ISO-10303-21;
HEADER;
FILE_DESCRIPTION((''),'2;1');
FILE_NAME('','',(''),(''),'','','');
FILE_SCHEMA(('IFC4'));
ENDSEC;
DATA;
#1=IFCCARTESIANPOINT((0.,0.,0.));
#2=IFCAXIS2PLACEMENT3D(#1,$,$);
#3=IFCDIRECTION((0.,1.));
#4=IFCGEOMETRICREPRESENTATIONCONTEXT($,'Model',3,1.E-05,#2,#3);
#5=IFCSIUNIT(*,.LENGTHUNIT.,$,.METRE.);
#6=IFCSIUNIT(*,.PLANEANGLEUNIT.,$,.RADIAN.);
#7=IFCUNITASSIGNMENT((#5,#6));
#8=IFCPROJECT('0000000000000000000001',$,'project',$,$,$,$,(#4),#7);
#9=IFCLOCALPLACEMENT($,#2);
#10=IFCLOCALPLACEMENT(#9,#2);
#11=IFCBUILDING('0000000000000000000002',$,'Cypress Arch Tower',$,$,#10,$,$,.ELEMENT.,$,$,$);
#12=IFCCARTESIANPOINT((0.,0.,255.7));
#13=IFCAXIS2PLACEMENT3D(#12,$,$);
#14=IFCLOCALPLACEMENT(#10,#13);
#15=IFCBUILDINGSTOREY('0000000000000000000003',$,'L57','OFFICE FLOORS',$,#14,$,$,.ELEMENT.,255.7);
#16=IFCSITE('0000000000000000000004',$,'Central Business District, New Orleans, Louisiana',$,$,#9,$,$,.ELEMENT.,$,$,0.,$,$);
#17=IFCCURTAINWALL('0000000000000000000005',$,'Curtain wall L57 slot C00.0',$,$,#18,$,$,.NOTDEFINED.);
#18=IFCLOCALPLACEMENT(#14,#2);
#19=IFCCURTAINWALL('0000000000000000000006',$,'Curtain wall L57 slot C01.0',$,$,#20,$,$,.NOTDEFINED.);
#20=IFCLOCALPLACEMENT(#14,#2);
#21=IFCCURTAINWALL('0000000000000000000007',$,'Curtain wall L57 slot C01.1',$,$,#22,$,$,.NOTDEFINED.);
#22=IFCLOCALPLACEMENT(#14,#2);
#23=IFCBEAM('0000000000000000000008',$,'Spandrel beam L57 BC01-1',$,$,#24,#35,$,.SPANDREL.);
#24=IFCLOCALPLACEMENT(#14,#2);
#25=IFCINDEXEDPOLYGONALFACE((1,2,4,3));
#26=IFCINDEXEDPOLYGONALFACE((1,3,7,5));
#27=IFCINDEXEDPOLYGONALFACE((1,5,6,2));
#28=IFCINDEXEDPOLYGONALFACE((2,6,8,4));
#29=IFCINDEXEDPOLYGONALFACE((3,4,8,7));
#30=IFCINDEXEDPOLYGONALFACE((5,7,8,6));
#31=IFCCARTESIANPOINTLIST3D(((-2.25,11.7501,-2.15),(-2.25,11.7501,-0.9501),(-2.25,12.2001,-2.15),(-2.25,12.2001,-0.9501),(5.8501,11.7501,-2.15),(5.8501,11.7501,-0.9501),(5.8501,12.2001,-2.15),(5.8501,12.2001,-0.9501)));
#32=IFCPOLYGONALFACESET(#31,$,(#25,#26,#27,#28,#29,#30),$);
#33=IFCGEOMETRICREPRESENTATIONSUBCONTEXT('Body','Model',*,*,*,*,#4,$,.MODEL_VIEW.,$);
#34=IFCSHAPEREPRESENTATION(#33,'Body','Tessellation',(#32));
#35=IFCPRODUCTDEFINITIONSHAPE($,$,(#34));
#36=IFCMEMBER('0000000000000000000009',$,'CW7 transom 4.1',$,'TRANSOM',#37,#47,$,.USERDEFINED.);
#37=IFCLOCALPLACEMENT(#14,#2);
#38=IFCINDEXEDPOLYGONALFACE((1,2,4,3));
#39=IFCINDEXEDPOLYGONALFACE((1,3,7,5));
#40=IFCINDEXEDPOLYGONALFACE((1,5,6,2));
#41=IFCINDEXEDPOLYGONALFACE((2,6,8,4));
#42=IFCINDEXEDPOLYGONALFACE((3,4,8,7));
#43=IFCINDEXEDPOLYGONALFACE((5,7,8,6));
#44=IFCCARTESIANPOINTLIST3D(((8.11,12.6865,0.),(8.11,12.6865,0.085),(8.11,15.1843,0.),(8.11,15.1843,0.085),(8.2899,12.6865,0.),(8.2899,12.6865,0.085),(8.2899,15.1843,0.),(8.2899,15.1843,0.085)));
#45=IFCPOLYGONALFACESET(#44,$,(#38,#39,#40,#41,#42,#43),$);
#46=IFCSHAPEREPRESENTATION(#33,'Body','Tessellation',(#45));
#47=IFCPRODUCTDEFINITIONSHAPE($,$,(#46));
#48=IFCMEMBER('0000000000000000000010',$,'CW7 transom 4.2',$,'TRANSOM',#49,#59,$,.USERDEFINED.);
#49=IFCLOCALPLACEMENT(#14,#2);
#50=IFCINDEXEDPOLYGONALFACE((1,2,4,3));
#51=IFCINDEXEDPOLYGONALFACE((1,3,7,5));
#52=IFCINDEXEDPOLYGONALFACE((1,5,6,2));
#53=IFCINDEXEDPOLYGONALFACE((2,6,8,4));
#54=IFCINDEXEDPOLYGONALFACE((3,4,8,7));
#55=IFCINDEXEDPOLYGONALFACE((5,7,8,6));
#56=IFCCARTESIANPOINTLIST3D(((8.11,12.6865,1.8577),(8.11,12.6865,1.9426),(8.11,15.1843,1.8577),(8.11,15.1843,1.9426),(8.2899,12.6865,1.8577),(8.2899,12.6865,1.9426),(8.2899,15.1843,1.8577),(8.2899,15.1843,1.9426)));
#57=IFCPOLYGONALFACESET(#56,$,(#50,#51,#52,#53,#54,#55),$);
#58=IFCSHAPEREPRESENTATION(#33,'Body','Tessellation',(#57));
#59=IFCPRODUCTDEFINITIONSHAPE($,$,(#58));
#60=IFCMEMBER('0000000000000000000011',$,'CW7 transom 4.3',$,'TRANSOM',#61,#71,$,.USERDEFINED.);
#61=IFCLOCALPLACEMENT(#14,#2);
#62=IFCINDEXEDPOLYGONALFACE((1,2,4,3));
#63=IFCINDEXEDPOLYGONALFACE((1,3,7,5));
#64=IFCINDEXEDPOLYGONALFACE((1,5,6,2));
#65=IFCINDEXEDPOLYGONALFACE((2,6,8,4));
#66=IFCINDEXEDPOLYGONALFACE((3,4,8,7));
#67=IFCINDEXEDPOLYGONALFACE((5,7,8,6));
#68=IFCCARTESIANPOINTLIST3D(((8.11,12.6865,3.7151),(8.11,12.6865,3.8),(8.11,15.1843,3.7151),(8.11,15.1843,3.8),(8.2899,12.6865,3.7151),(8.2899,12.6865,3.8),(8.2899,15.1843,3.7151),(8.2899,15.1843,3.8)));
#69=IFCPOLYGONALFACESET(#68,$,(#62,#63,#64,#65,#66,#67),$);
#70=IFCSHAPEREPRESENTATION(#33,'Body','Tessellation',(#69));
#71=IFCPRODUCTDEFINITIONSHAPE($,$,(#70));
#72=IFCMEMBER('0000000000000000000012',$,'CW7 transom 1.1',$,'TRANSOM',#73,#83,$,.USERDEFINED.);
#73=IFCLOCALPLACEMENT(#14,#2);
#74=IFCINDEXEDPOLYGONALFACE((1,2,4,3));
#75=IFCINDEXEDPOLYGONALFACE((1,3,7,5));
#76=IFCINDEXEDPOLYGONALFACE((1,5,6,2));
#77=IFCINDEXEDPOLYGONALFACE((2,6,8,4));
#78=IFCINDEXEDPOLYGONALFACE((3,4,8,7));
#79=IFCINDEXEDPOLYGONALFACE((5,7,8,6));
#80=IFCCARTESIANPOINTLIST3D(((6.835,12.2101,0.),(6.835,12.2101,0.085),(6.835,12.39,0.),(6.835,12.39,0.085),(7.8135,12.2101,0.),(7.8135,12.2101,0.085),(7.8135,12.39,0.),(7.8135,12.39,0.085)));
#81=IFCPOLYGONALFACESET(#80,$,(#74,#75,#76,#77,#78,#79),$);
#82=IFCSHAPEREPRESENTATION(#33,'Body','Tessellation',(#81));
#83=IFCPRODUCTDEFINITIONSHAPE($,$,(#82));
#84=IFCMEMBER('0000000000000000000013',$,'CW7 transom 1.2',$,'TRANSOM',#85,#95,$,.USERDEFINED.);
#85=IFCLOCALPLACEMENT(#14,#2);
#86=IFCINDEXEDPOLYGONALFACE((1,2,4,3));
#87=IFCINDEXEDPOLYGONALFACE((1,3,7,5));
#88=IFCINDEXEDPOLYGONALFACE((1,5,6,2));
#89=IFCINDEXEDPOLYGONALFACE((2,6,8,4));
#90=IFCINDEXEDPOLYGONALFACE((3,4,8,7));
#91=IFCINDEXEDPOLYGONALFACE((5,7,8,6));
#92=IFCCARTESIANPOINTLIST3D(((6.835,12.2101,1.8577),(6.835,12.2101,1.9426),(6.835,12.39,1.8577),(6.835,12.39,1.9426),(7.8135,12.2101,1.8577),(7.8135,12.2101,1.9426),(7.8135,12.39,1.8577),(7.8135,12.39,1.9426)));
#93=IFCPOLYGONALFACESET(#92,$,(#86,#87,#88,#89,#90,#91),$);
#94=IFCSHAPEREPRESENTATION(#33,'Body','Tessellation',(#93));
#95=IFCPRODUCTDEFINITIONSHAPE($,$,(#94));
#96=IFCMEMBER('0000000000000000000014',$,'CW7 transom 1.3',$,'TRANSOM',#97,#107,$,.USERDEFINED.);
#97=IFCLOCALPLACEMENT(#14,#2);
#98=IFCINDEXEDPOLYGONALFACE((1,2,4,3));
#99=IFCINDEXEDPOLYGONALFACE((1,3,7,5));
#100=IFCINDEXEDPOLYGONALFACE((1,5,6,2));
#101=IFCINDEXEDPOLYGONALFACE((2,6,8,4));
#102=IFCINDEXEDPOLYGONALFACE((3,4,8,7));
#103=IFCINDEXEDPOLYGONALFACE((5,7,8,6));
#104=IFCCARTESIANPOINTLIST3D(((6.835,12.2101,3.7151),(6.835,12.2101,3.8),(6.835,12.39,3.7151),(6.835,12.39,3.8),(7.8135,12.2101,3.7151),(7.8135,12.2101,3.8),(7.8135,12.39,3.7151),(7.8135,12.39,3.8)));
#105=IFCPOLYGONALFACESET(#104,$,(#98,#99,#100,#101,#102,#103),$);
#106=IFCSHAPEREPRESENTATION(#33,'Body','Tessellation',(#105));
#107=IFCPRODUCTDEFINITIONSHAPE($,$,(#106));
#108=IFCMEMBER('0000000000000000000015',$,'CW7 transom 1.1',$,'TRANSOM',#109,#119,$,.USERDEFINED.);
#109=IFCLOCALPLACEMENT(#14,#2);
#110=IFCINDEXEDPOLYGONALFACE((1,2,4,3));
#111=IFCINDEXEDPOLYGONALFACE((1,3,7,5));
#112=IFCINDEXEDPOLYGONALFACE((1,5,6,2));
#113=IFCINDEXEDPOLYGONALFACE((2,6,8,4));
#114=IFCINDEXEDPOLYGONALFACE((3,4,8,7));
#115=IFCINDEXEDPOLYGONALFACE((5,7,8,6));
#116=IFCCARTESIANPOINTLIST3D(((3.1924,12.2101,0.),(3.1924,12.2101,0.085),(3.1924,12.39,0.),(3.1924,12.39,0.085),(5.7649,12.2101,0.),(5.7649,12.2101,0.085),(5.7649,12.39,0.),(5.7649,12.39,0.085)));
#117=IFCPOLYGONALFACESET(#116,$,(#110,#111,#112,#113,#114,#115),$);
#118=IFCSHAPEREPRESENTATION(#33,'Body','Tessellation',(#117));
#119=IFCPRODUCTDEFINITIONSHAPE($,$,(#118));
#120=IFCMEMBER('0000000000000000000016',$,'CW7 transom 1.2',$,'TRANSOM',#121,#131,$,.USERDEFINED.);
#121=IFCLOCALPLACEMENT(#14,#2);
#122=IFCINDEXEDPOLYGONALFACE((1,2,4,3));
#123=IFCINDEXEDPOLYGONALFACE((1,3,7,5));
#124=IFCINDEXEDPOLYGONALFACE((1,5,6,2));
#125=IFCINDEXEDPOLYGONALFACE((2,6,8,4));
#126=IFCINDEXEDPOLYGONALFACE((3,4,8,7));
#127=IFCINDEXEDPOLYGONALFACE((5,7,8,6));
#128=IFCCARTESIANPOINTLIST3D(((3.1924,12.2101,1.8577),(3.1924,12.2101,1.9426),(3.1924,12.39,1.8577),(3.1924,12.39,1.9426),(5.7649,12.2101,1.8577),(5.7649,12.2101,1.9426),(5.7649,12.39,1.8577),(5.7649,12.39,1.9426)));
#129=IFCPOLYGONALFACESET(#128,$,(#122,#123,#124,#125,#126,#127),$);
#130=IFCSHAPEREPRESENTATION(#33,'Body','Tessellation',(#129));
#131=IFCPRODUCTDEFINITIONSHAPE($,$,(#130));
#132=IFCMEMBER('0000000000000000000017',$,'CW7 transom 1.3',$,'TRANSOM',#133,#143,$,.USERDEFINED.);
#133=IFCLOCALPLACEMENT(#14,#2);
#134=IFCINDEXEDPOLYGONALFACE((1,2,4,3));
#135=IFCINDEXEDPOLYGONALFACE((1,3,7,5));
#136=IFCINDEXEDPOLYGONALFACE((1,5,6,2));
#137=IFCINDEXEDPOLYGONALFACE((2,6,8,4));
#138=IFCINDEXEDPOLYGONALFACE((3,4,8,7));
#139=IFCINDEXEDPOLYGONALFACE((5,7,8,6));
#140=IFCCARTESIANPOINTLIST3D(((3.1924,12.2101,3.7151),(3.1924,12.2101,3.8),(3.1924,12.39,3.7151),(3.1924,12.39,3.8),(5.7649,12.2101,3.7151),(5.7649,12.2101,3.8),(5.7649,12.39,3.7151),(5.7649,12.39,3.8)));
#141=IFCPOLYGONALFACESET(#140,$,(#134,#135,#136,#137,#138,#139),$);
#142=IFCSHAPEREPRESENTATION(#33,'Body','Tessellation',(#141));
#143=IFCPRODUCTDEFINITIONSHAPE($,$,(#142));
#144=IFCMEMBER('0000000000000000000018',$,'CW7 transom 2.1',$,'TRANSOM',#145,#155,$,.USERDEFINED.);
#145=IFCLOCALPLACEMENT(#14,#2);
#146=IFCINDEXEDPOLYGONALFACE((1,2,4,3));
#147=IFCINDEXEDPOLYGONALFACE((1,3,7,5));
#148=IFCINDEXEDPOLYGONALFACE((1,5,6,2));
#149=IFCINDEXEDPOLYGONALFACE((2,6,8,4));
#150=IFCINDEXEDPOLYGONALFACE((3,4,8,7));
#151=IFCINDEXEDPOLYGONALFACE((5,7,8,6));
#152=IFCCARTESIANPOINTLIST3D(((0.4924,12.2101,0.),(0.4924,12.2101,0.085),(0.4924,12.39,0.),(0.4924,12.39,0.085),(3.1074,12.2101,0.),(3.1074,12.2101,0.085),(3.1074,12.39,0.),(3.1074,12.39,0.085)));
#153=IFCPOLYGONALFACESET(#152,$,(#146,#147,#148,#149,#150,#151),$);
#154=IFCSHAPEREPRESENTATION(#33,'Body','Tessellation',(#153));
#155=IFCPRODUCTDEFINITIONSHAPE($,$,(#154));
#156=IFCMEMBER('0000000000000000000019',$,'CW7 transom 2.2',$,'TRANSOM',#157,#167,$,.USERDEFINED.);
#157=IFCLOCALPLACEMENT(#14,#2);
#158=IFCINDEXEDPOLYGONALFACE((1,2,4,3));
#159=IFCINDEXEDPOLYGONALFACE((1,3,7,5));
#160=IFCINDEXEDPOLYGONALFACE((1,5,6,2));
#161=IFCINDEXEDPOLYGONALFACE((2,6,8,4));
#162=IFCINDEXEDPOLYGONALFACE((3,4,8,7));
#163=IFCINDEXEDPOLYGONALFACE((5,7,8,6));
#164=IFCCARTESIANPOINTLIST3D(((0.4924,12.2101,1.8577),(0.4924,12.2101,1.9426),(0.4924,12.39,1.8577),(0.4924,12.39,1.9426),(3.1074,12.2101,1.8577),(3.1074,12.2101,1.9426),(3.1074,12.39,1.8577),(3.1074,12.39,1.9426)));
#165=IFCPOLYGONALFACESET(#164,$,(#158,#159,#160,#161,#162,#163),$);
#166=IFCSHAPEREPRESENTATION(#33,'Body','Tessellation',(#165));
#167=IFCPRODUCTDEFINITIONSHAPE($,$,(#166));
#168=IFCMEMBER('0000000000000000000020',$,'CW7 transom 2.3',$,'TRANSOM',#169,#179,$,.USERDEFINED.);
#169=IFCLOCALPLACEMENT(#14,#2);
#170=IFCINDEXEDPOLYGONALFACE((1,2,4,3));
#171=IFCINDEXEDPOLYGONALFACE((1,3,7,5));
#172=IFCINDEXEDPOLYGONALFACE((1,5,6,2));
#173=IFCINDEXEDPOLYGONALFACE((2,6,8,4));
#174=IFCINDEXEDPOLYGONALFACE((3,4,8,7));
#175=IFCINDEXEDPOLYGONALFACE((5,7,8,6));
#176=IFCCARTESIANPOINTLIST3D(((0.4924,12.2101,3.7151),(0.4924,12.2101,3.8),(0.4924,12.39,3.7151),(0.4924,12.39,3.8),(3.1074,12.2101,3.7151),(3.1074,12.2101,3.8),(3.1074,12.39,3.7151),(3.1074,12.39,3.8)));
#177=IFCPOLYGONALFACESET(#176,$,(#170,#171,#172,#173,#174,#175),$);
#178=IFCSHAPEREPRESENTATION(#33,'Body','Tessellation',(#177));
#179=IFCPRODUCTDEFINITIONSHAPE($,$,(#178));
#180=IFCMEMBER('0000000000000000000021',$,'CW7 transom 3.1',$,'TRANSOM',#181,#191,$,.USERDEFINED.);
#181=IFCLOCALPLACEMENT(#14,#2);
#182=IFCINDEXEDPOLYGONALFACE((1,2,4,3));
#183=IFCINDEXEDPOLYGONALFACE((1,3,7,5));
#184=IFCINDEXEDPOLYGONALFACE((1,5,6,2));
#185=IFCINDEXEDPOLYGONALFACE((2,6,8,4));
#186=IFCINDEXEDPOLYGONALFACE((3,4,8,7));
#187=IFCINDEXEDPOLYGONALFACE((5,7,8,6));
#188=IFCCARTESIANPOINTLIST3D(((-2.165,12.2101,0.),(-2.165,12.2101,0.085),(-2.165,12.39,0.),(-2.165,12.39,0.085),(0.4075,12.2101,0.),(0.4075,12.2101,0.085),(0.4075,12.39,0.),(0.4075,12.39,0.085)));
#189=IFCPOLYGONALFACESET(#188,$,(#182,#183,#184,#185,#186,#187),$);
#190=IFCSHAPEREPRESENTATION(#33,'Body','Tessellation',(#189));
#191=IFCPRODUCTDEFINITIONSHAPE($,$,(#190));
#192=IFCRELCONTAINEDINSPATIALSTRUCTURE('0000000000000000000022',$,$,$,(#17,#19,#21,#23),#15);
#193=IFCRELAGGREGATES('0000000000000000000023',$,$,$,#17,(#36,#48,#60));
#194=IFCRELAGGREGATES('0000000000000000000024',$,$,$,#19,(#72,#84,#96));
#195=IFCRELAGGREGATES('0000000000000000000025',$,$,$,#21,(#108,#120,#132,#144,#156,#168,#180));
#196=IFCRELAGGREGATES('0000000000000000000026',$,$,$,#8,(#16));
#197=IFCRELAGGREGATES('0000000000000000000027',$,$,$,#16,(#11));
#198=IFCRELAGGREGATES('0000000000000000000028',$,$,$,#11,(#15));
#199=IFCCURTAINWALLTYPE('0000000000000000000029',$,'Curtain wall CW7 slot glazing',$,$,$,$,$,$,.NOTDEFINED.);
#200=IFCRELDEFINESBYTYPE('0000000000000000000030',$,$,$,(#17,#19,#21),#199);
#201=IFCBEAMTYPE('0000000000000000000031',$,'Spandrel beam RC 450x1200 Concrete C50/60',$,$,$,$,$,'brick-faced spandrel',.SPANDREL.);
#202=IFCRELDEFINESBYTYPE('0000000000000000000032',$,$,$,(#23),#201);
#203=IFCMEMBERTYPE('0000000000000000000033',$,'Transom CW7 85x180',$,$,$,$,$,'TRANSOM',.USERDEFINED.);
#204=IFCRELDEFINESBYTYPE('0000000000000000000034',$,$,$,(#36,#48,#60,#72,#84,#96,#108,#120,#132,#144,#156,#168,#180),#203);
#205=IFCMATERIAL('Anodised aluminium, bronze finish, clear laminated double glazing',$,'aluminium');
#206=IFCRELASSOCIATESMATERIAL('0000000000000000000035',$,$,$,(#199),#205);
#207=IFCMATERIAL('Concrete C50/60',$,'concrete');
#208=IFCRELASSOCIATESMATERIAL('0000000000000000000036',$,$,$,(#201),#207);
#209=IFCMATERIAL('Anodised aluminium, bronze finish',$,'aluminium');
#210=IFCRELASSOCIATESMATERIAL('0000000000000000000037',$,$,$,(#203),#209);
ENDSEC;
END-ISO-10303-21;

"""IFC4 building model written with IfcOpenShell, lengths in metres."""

from ifc_helpers import new_model, si_unit, direction, frame, origin, origin_2d, place, context, subcontext, project, spatial, rectangle, extrude, material, material_profile, profile_set, type_object, element, aggregate, save


model = new_model("IFC4")

# Units and contexts
model_context = context("Model", 3, precision=1e-05, world=origin(), true_north=direction((0.0, 1.0)))
body_context = subcontext(model_context, "Body", "Model", "MODEL_VIEW")
ifc_project = project(units=[si_unit("LENGTHUNIT", "METRE"), si_unit("PLANEANGLEUNIT", "RADIAN")], contexts=[model_context])

# Site, building, storey
site_placement = place(None, origin())
site = spatial("IfcSite", under=ifc_project, at=site_placement, Name="Central Business District, New Orleans, Louisiana", CompositionType="ELEMENT", RefElevation=0.0)
building_placement = place(site_placement, origin())
building = spatial("IfcBuilding", under=site, at=building_placement, Name="Cypress Arch Tower", CompositionType="ELEMENT")
storey_placement = place(building_placement, frame((0.0, 0.0, 255.7)))
storey = spatial("IfcBuildingStorey", under=building, at=storey_placement, Name="L57", Description="OFFICE FLOORS", CompositionType="ELEMENT", Elevation=255.7)

# Curtain walls
ifc_material_1 = material(Name="Anodised aluminium, bronze finish, clear laminated double glazing", Category="aluminium")
curtain_wall_type = type_object("IfcCurtainWallType", Name="Curtain wall CW7 slot glazing", PredefinedType="NOTDEFINED", material=ifc_material_1)
curtain_wall_1_placement = place(storey_placement, origin())
curtain_wall_1 = element("IfcCurtainWall", 1, at=curtain_wall_1_placement, inside=storey, type_object=curtain_wall_type, Name="Curtain wall L57 slot C00.0", PredefinedType="NOTDEFINED")
curtain_wall_2_placement = place(storey_placement, origin())
curtain_wall_2 = element("IfcCurtainWall", 2, at=curtain_wall_2_placement, inside=storey, type_object=curtain_wall_type, Name="Curtain wall L57 slot C01.0", PredefinedType="NOTDEFINED")
curtain_wall_3_placement = place(storey_placement, origin())
curtain_wall_3 = element("IfcCurtainWall", 3, at=curtain_wall_3_placement, inside=storey, type_object=curtain_wall_type, Name="Curtain wall L57 slot C01.1", PredefinedType="NOTDEFINED")

# Beam
ifc_material_2 = material(Name="Concrete C50/60", Category="concrete")
ifc_material_profile_1 = material_profile(ifc_material_2, rectangle(XDim=0.45, YDim=1.2, at=origin_2d()), Name="RC 450x1200")
ifc_profile_set_1 = profile_set([ifc_material_profile_1], Name="Concrete C50/60")
beam_type_1 = type_object("IfcBeamType", Name="Spandrel beam RC 450x1200 Concrete C50/60", ElementType="brick-faced spandrel", PredefinedType="SPANDREL", material=ifc_profile_set_1)
beam_1_placement = place(storey_placement, frame((5.8501, 11.9751, -1.55), z_axis=(-1.0, 0.0, 0.0), x_axis=(0.0, -1.0, 0.0)))
element("IfcBeam", 4, at=beam_1_placement, inside=storey, type_object=beam_type_1, Name="Spandrel beam L57 BC01-1", PredefinedType="SPANDREL", context=body_context, shape_type="SweptSolid", body=[
    extrude(rectangle(XDim=0.45, YDim=1.2, at=origin_2d()), origin(), (0.0, 0.0, 1.0), 8.1001),
])

# Members
ifc_material_3 = material(Name="Anodised aluminium, bronze finish", Category="aluminium")
ifc_material_profile_2 = material_profile(ifc_material_3, rectangle(XDim=0.1799, YDim=0.085, at=origin_2d()), Name="Transom 85x180")
ifc_profile_set_2 = profile_set([ifc_material_profile_2], Name="Anodised aluminium, bronze finish")
member_type_1 = type_object("IfcMemberType", Name="Transom CW7 85x180", ElementType="TRANSOM", PredefinedType="USERDEFINED", material=ifc_profile_set_2)
member_1_placement = place(storey_placement, frame((8.2, 15.1843, 0.0425), z_axis=(0.0, -1.0, 0.0), x_axis=(1.0, 0.0, 0.0)))
member_1 = element("IfcMember", 5, at=member_1_placement, type_object=member_type_1, Name="CW7 transom 4.1", ObjectType="TRANSOM", PredefinedType="USERDEFINED", context=body_context, shape_type="SweptSolid", body=[
    extrude(rectangle(XDim=0.1799, YDim=0.085, at=origin_2d()), origin(), (0.0, 0.0, 1.0), 2.4978),
])
member_2_placement = place(storey_placement, frame((8.2, 15.1843, 1.9001), z_axis=(0.0, -1.0, 0.0), x_axis=(1.0, 0.0, 0.0)))
member_2 = element("IfcMember", 6, at=member_2_placement, type_object=member_type_1, Name="CW7 transom 4.2", ObjectType="TRANSOM", PredefinedType="USERDEFINED", context=body_context, shape_type="SweptSolid", body=[
    extrude(rectangle(XDim=0.1799, YDim=0.085, at=origin_2d()), origin(), (0.0, 0.0, 1.0), 2.4978),
])
member_3_placement = place(storey_placement, frame((8.2, 15.1843, 3.7576), z_axis=(0.0, -1.0, 0.0), x_axis=(1.0, 0.0, 0.0)))
member_3 = element("IfcMember", 7, at=member_3_placement, type_object=member_type_1, Name="CW7 transom 4.3", ObjectType="TRANSOM", PredefinedType="USERDEFINED", context=body_context, shape_type="SweptSolid", body=[
    extrude(rectangle(XDim=0.1799, YDim=0.085, at=origin_2d()), origin(), (0.0, 0.0, 1.0), 2.4978),
])
member_4_placement = place(storey_placement, frame((7.8135, 12.3, 0.0425), z_axis=(-1.0, 0.0, 0.0), x_axis=(0.0, -1.0, 0.0)))
member_4 = element("IfcMember", 8, at=member_4_placement, type_object=member_type_1, Name="CW7 transom 1.1", ObjectType="TRANSOM", PredefinedType="USERDEFINED", context=body_context, shape_type="SweptSolid", body=[
    extrude(rectangle(XDim=0.1799, YDim=0.085, at=origin_2d()), origin(), (0.0, 0.0, 1.0), 0.9785),
])
member_5_placement = place(storey_placement, frame((7.8135, 12.3, 1.9001), z_axis=(-1.0, 0.0, 0.0), x_axis=(0.0, -1.0, 0.0)))
member_5 = element("IfcMember", 9, at=member_5_placement, type_object=member_type_1, Name="CW7 transom 1.2", ObjectType="TRANSOM", PredefinedType="USERDEFINED", context=body_context, shape_type="SweptSolid", body=[
    extrude(rectangle(XDim=0.1799, YDim=0.085, at=origin_2d()), origin(), (0.0, 0.0, 1.0), 0.9785),
])
member_6_placement = place(storey_placement, frame((7.8135, 12.3, 3.7576), z_axis=(-1.0, 0.0, 0.0), x_axis=(0.0, -1.0, 0.0)))
member_6 = element("IfcMember", 10, at=member_6_placement, type_object=member_type_1, Name="CW7 transom 1.3", ObjectType="TRANSOM", PredefinedType="USERDEFINED", context=body_context, shape_type="SweptSolid", body=[
    extrude(rectangle(XDim=0.1799, YDim=0.085, at=origin_2d()), origin(), (0.0, 0.0, 1.0), 0.9785),
])
member_7_placement = place(storey_placement, frame((5.7649, 12.3, 0.0425), z_axis=(-1.0, 0.0, 0.0), x_axis=(0.0, -1.0, 0.0)))
member_7 = element("IfcMember", 11, at=member_7_placement, type_object=member_type_1, Name="CW7 transom 1.1", ObjectType="TRANSOM", PredefinedType="USERDEFINED", context=body_context, shape_type="SweptSolid", body=[
    extrude(rectangle(XDim=0.1799, YDim=0.085, at=origin_2d()), origin(), (0.0, 0.0, 1.0), 2.5725),
])
member_8_placement = place(storey_placement, frame((5.7649, 12.3, 1.9001), z_axis=(-1.0, 0.0, 0.0), x_axis=(0.0, -1.0, 0.0)))
member_8 = element("IfcMember", 12, at=member_8_placement, type_object=member_type_1, Name="CW7 transom 1.2", ObjectType="TRANSOM", PredefinedType="USERDEFINED", context=body_context, shape_type="SweptSolid", body=[
    extrude(rectangle(XDim=0.1799, YDim=0.085, at=origin_2d()), origin(), (0.0, 0.0, 1.0), 2.5725),
])
member_9_placement = place(storey_placement, frame((5.7649, 12.3, 3.7576), z_axis=(-1.0, 0.0, 0.0), x_axis=(0.0, -1.0, 0.0)))
member_9 = element("IfcMember", 13, at=member_9_placement, type_object=member_type_1, Name="CW7 transom 1.3", ObjectType="TRANSOM", PredefinedType="USERDEFINED", context=body_context, shape_type="SweptSolid", body=[
    extrude(rectangle(XDim=0.1799, YDim=0.085, at=origin_2d()), origin(), (0.0, 0.0, 1.0), 2.5725),
])
member_10_placement = place(storey_placement, frame((3.1074, 12.3, 0.0425), z_axis=(-1.0, 0.0, 0.0), x_axis=(0.0, -1.0, 0.0)))
member_10 = element("IfcMember", 14, at=member_10_placement, type_object=member_type_1, Name="CW7 transom 2.1", ObjectType="TRANSOM", PredefinedType="USERDEFINED", context=body_context, shape_type="SweptSolid", body=[
    extrude(rectangle(XDim=0.1799, YDim=0.085, at=origin_2d()), origin(), (0.0, 0.0, 1.0), 2.615),
])
member_11_placement = place(storey_placement, frame((3.1074, 12.3, 1.9001), z_axis=(-1.0, 0.0, 0.0), x_axis=(0.0, -1.0, 0.0)))
member_11 = element("IfcMember", 15, at=member_11_placement, type_object=member_type_1, Name="CW7 transom 2.2", ObjectType="TRANSOM", PredefinedType="USERDEFINED", context=body_context, shape_type="SweptSolid", body=[
    extrude(rectangle(XDim=0.1799, YDim=0.085, at=origin_2d()), origin(), (0.0, 0.0, 1.0), 2.615),
])
member_12_placement = place(storey_placement, frame((3.1074, 12.3, 3.7576), z_axis=(-1.0, 0.0, 0.0), x_axis=(0.0, -1.0, 0.0)))
member_12 = element("IfcMember", 16, at=member_12_placement, type_object=member_type_1, Name="CW7 transom 2.3", ObjectType="TRANSOM", PredefinedType="USERDEFINED", context=body_context, shape_type="SweptSolid", body=[
    extrude(rectangle(XDim=0.1799, YDim=0.085, at=origin_2d()), origin(), (0.0, 0.0, 1.0), 2.615),
])
member_13_placement = place(storey_placement, frame((0.4075, 12.3, 0.0425), z_axis=(-1.0, 0.0, 0.0), x_axis=(0.0, -1.0, 0.0)))
member_13 = element("IfcMember", 17, at=member_13_placement, type_object=member_type_1, Name="CW7 transom 3.1", ObjectType="TRANSOM", PredefinedType="USERDEFINED", context=body_context, shape_type="SweptSolid", body=[
    extrude(rectangle(XDim=0.1799, YDim=0.085, at=origin_2d()), origin(), (0.0, 0.0, 1.0), 2.5725),
])

aggregate(curtain_wall_1, [member_1, member_2, member_3])
aggregate(curtain_wall_2, [member_4, member_5, member_6])
aggregate(curtain_wall_3, [member_7, member_8, member_9, member_10, member_11, member_12, member_13])

save(model, "model.ifc")
